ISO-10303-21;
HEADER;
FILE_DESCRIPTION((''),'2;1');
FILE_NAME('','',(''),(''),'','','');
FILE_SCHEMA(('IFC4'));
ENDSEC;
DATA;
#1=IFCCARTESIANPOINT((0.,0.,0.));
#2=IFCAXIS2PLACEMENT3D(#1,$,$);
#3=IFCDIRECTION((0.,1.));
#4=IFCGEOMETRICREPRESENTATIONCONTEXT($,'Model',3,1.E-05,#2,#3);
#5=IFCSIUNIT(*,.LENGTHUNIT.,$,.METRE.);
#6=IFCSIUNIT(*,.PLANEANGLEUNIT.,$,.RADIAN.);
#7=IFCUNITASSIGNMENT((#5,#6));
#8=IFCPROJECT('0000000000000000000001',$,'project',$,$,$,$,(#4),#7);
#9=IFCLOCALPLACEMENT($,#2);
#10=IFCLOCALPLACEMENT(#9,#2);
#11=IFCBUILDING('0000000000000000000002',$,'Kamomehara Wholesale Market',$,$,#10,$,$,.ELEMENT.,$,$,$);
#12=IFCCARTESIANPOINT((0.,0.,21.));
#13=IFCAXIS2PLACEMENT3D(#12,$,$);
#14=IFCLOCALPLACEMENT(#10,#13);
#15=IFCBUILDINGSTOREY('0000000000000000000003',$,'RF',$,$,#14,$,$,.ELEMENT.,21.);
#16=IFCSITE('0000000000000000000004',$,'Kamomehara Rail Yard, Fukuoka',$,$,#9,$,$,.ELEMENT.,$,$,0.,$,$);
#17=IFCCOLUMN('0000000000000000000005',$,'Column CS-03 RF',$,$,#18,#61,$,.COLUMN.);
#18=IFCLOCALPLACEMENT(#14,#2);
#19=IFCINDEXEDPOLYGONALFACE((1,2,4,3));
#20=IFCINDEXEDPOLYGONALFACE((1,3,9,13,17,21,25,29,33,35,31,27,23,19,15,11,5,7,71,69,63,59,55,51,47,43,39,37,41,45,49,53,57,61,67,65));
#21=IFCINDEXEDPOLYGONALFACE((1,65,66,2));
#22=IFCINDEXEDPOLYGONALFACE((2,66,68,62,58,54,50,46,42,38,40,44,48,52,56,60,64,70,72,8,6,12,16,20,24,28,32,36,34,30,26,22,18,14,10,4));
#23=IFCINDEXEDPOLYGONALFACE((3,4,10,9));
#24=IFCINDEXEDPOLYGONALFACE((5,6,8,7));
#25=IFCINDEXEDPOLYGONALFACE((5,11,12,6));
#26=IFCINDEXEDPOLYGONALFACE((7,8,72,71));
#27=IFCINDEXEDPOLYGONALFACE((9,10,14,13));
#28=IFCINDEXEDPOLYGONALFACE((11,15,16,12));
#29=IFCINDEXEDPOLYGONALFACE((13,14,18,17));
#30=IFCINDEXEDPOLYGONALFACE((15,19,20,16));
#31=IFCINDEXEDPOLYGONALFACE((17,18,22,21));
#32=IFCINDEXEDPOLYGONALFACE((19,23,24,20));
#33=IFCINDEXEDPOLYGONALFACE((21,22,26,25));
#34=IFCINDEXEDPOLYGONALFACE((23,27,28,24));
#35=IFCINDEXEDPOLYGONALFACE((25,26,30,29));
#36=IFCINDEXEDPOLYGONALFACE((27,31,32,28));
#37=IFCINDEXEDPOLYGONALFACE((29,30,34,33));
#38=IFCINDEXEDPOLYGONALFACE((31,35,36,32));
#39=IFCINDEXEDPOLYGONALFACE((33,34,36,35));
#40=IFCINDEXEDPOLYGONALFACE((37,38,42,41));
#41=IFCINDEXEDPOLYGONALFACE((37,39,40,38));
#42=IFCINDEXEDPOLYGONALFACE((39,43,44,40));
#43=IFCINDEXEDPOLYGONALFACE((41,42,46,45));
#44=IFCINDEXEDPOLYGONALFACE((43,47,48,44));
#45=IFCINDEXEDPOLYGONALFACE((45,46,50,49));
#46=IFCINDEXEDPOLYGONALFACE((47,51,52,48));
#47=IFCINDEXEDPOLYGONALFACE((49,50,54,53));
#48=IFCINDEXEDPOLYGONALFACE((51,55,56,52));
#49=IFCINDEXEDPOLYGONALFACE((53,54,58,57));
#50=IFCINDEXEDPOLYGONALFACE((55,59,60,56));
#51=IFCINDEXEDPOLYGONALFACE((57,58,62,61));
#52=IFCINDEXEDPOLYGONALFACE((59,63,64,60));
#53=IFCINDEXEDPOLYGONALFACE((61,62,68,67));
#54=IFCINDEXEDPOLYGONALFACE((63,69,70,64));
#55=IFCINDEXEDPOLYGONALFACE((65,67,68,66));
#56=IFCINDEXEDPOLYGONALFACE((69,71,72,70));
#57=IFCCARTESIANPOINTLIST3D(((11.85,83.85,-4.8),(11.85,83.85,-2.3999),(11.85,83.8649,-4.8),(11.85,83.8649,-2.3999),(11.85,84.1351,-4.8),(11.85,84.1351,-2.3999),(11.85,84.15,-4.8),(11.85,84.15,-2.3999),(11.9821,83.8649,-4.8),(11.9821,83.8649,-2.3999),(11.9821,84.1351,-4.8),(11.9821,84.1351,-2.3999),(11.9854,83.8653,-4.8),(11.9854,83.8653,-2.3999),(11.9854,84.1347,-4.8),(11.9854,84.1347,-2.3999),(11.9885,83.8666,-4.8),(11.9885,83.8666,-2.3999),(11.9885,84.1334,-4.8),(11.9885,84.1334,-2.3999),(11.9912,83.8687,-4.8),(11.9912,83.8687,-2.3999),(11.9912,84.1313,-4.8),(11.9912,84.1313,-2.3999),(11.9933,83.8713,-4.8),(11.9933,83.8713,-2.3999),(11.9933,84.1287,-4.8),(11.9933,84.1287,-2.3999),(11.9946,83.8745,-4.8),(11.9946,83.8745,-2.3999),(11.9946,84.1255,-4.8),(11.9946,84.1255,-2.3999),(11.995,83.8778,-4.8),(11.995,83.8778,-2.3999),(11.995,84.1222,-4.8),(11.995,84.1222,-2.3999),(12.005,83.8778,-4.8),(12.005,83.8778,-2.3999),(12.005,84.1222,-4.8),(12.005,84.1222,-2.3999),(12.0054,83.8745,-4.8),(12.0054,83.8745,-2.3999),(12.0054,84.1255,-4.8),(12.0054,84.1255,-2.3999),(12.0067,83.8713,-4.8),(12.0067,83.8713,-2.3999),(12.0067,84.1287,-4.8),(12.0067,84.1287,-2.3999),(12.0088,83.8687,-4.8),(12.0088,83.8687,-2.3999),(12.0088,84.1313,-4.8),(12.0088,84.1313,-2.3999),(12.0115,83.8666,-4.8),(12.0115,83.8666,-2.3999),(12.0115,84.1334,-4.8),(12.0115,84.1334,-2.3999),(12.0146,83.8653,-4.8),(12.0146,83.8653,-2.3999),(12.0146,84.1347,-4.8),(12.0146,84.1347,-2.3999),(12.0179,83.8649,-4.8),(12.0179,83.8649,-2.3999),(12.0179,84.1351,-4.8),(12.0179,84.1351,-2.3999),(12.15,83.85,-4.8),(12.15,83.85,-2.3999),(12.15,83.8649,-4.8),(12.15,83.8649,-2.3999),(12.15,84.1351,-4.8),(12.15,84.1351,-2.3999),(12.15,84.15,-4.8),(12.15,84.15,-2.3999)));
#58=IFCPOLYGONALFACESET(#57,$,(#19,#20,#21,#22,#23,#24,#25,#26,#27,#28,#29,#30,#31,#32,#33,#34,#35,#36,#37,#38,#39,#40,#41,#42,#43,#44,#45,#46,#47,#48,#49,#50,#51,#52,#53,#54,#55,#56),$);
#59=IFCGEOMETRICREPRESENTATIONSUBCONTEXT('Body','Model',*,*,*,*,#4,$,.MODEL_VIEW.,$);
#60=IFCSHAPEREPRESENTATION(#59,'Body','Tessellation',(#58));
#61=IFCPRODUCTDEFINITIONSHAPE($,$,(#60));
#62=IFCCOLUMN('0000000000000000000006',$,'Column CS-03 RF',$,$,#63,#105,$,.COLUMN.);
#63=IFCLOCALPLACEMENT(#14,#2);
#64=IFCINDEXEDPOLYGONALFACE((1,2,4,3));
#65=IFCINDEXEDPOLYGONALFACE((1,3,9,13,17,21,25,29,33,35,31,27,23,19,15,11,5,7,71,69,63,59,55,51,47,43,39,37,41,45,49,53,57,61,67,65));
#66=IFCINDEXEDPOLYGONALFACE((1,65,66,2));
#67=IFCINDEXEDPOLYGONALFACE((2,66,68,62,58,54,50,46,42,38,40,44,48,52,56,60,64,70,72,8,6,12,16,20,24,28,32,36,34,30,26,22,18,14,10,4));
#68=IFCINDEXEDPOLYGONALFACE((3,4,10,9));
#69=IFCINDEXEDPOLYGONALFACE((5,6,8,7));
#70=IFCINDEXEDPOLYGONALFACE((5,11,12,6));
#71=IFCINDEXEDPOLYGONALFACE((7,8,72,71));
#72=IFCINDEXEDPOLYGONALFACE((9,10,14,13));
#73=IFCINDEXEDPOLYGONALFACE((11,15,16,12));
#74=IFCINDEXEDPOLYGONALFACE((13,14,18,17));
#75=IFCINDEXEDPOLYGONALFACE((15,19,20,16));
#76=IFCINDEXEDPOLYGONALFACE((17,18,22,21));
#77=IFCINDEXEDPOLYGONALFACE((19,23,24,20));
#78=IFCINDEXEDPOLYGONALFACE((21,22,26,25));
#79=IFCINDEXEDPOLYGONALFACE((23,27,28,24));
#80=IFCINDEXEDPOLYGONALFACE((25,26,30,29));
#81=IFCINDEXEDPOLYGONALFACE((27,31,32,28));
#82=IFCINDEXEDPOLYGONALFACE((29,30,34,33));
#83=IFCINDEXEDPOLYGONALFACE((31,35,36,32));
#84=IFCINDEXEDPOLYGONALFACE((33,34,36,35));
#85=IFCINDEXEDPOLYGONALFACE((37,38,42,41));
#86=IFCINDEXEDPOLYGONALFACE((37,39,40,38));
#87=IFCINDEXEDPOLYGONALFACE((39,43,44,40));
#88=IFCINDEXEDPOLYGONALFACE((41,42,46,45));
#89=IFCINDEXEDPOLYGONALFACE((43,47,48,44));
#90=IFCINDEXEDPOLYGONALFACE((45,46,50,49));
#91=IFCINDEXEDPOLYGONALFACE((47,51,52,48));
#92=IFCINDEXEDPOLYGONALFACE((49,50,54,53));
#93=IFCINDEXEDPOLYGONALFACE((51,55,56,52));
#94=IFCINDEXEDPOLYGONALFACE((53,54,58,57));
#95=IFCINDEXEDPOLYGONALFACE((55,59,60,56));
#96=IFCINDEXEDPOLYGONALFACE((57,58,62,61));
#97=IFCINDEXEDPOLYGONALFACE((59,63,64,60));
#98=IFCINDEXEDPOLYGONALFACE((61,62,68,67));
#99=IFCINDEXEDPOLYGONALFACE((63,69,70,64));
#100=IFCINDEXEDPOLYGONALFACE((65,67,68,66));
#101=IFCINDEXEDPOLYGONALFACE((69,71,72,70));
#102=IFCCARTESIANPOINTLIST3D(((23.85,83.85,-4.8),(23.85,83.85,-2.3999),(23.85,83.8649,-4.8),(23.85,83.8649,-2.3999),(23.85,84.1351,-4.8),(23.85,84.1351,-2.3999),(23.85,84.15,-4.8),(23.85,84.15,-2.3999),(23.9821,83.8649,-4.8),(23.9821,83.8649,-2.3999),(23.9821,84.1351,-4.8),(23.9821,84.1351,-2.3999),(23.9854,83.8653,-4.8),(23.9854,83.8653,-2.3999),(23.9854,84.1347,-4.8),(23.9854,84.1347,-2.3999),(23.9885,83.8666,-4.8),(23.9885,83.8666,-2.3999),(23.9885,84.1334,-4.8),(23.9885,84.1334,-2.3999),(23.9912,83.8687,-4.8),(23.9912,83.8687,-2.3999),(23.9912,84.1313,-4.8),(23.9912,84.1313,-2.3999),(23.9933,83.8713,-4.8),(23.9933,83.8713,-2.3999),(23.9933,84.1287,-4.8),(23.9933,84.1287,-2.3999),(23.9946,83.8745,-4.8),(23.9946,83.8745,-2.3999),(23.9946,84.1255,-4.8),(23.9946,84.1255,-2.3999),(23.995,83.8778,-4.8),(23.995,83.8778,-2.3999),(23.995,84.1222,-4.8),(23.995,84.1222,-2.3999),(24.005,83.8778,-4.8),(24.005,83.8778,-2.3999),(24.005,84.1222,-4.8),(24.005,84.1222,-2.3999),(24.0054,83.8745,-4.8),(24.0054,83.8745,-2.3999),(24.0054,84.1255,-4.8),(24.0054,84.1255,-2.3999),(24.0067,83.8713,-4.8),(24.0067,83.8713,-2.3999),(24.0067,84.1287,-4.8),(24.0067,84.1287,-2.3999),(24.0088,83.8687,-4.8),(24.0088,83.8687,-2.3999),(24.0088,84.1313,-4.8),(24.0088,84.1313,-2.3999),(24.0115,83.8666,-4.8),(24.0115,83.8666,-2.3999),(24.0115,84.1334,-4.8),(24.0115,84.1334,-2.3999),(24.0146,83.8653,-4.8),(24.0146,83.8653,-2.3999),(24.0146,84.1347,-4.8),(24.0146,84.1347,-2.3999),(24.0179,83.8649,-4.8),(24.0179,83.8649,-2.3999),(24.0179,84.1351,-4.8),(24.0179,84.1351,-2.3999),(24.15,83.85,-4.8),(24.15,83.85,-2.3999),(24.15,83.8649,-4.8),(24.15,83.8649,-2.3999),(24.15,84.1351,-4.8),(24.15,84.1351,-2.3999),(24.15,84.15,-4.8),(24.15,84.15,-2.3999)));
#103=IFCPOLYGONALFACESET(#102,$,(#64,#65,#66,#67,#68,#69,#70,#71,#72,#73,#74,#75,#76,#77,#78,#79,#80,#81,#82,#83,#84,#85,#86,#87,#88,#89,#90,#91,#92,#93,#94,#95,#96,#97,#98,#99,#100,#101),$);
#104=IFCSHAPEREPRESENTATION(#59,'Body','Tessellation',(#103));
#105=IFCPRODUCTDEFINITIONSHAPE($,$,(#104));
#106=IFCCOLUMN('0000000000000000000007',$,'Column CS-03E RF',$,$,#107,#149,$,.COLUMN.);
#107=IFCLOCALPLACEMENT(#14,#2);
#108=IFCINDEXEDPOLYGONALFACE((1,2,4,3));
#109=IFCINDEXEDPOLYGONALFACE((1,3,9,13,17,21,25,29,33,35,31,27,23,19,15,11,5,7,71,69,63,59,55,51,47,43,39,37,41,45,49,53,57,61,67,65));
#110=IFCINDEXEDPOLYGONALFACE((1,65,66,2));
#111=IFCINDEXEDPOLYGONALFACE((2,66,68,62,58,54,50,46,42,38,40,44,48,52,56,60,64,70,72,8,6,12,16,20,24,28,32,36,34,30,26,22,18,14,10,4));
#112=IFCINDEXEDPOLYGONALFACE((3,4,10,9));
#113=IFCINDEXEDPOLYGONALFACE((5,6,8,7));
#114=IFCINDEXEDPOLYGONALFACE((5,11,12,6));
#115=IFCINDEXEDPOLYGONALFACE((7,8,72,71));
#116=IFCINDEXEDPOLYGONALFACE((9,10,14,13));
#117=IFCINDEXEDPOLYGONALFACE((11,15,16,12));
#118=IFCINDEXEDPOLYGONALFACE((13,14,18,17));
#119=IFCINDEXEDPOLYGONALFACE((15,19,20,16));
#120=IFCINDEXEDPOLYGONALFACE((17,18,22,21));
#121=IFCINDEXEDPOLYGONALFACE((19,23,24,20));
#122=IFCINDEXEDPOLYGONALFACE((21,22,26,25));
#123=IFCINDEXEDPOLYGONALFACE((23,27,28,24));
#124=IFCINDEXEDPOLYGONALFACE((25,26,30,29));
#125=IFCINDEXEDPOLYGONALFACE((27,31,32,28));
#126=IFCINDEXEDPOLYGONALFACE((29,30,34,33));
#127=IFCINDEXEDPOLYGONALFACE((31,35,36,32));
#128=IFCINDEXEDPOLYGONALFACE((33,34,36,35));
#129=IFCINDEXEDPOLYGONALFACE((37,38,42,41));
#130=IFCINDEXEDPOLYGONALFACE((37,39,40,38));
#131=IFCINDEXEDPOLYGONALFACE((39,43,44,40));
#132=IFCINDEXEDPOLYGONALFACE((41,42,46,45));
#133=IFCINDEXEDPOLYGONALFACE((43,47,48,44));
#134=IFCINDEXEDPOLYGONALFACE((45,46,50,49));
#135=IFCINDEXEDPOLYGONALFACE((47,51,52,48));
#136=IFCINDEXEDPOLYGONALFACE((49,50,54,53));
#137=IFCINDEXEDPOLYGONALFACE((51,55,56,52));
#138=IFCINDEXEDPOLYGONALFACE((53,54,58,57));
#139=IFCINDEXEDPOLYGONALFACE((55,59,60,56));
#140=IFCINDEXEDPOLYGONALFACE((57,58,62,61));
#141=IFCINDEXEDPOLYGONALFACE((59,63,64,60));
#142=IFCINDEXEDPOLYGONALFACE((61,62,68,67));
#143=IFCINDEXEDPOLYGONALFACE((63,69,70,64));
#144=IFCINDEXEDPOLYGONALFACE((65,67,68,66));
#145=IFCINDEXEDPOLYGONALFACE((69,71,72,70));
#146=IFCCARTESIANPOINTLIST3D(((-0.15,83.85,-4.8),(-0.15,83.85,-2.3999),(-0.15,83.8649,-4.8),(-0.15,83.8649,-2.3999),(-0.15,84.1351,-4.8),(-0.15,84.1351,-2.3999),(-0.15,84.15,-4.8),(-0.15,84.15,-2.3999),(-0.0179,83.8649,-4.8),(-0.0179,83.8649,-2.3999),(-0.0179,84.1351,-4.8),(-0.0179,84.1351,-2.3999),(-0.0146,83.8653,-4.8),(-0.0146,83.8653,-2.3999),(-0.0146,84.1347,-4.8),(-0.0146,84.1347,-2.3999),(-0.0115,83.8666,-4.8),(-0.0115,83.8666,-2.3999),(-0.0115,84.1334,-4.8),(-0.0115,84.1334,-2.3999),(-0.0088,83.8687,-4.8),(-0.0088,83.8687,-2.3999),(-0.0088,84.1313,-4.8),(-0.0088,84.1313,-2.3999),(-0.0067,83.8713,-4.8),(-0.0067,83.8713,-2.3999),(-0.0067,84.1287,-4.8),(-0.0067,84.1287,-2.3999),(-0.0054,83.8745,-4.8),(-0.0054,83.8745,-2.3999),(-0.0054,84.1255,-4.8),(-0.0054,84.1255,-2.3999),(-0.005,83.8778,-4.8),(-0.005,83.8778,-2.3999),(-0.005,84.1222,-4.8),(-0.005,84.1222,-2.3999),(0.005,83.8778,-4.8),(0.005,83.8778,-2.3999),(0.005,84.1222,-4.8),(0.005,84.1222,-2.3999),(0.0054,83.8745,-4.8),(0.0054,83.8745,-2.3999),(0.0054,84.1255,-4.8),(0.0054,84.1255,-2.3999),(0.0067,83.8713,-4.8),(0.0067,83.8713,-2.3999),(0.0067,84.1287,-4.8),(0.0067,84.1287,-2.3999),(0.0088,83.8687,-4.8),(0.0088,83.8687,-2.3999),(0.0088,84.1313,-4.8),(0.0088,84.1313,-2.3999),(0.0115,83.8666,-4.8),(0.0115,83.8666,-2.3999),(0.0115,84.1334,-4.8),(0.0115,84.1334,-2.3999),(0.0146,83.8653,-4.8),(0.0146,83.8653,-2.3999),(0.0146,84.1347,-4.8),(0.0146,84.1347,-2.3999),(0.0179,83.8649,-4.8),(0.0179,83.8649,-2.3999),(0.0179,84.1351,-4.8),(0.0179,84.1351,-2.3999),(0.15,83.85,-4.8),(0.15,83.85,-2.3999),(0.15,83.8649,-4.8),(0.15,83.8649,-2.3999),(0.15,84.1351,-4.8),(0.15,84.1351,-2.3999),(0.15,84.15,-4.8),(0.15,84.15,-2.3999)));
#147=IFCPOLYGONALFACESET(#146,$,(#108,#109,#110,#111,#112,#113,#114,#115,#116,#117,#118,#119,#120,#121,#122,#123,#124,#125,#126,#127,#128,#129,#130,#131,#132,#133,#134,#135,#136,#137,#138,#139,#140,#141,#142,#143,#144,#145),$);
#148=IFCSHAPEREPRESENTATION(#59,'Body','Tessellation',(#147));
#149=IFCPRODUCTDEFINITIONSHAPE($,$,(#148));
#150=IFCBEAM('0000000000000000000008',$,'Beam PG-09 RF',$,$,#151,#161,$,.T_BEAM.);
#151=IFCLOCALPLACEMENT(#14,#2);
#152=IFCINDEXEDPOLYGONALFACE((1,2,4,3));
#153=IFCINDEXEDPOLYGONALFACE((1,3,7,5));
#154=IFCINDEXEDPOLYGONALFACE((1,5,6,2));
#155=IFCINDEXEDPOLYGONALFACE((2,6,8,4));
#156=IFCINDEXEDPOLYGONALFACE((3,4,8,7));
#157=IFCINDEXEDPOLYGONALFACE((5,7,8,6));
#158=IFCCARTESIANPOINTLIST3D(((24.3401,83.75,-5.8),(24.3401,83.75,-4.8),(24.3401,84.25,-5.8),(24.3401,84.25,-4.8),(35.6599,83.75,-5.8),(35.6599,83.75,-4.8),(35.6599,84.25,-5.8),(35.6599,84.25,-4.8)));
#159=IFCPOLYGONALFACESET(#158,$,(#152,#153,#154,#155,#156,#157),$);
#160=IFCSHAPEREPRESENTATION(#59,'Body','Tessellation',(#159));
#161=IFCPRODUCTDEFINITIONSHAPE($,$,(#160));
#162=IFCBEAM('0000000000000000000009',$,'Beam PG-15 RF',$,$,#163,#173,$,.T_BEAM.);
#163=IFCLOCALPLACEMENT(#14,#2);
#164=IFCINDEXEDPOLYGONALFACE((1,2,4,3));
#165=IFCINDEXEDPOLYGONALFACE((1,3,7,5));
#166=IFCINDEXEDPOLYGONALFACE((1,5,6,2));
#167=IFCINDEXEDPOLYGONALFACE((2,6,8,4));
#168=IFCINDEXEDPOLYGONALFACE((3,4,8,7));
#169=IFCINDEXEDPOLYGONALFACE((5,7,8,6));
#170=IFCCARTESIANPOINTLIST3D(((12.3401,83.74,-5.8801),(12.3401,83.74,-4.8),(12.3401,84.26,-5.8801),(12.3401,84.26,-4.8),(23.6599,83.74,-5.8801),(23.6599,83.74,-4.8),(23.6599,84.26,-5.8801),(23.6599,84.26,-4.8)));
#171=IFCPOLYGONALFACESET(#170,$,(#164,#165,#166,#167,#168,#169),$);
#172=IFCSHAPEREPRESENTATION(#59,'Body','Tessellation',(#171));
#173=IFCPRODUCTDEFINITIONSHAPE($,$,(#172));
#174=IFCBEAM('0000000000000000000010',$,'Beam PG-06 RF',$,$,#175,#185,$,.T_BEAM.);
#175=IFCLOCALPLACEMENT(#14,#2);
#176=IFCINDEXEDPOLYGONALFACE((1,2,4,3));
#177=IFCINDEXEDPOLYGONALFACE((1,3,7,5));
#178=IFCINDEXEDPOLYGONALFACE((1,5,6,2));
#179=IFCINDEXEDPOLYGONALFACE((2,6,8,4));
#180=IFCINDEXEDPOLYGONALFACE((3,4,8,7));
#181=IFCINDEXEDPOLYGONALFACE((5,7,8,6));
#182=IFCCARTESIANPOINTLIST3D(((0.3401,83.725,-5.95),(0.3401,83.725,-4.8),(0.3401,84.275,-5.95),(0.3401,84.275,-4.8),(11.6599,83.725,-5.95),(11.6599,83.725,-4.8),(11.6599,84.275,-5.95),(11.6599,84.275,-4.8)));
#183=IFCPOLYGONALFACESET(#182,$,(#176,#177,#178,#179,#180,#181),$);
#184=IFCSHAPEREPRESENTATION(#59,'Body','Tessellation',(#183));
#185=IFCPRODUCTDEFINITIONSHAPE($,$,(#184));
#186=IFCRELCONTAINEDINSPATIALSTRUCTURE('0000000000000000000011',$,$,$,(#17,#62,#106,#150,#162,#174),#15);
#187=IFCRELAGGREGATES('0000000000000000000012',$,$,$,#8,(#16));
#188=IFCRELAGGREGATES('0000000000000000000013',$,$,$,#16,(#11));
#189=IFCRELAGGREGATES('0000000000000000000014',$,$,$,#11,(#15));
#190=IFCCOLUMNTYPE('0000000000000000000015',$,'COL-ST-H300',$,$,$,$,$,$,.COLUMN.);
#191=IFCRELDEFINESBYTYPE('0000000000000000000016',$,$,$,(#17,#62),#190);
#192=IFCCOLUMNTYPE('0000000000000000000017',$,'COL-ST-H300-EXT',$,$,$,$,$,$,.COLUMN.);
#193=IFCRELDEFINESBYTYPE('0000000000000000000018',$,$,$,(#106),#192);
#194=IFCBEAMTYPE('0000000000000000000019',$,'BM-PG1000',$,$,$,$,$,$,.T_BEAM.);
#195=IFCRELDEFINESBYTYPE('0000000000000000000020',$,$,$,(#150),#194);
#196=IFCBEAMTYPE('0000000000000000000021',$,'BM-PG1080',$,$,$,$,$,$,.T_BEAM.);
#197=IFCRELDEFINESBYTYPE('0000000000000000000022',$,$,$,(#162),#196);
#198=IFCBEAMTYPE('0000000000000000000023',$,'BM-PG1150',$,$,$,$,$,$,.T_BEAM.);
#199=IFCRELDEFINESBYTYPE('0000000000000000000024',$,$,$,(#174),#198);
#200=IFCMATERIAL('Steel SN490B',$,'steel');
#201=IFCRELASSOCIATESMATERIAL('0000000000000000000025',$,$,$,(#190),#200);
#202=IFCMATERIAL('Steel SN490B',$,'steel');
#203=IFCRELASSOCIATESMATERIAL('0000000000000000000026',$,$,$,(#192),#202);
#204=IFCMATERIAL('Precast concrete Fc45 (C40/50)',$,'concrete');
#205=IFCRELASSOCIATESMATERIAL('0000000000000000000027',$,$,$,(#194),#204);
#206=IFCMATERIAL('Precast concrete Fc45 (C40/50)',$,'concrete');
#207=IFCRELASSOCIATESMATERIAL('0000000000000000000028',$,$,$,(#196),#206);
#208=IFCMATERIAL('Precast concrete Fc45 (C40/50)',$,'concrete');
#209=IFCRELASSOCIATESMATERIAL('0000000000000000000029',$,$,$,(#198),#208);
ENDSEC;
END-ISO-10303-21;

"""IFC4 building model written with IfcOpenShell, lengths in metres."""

from ifc_helpers import new_model, si_unit, direction, frame, origin, origin_2d, place, context, subcontext, project, spatial, rectangle, i_section, extrude, material, material_profile, profile_set, type_object, element, save


model = new_model("IFC4")

# Units and contexts
model_context = context("Model", 3, precision=1e-05, world=origin(), true_north=direction((0.0, 1.0)))
body_context = subcontext(model_context, "Body", "Model", "MODEL_VIEW")
ifc_project = project(units=[si_unit("LENGTHUNIT", "METRE"), si_unit("PLANEANGLEUNIT", "RADIAN")], contexts=[model_context])

# Site, building, storey
site_placement = place(None, origin())
site = spatial("IfcSite", under=ifc_project, at=site_placement, Name="Kamomehara Rail Yard, Fukuoka", CompositionType="ELEMENT", RefElevation=0.0)
building_placement = place(site_placement, origin())
building = spatial("IfcBuilding", under=site, at=building_placement, Name="Kamomehara Wholesale Market", CompositionType="ELEMENT")
storey_placement = place(building_placement, frame((0.0, 0.0, 21.0)))
storey = spatial("IfcBuildingStorey", under=building, at=storey_placement, Name="RF", CompositionType="ELEMENT", Elevation=21.0)

# Columns
ifc_material_1 = material(Name="Steel SN490B", Category="steel")
ifc_material_profile_1 = material_profile(ifc_material_1, i_section(OverallWidth=0.3, OverallDepth=0.3, WebThickness=0.01, FlangeThickness=0.0149, FilletRadius=0.0129, at=origin_2d()), Name="H-300x300x10x15")
ifc_profile_set_1 = profile_set([ifc_material_profile_1], Name="Steel SN490B")
column_type_1 = type_object("IfcColumnType", Name="COL-ST-H300", PredefinedType="COLUMN", material=ifc_profile_set_1)
for number, where, z_axis, x_axis, name in (
    (1, (12.0, 84.0, -4.8), (0.0, 0.0, 1.0), (1.0, 0.0, 0.0), "Column CS-03 RF"),
    (2, (24.0, 84.0, -4.8), (0.0, 0.0, 1.0), (1.0, 0.0, 0.0), "Column CS-03 RF"),
):
    element("IfcColumn", number, at=place(storey_placement, frame(where, z_axis=z_axis, x_axis=x_axis)), inside=storey, type_object=column_type_1, Name=name, PredefinedType="COLUMN", context=body_context, shape_type="SweptSolid", body=[
        extrude(i_section(OverallWidth=0.3, OverallDepth=0.3, WebThickness=0.01, FlangeThickness=0.0149, FilletRadius=0.0129, at=origin_2d()), origin(), (0.0, 0.0, 1.0), 2.4001),
    ])
ifc_material_2 = material(Name="Steel SN490B", Category="steel")
ifc_material_profile_2 = material_profile(ifc_material_2, i_section(OverallWidth=0.3, OverallDepth=0.3, WebThickness=0.01, FlangeThickness=0.0149, FilletRadius=0.0129, at=origin_2d()), Name="H-300x300x10x15")
ifc_profile_set_2 = profile_set([ifc_material_profile_2], Name="Steel SN490B")
column_type_2 = type_object("IfcColumnType", Name="COL-ST-H300-EXT", PredefinedType="COLUMN", material=ifc_profile_set_2)
column_placement = place(storey_placement, frame((0.0, 84.0, -4.8), z_axis=(0.0, 0.0, 1.0), x_axis=(1.0, 0.0, 0.0)))
element("IfcColumn", 3, at=column_placement, inside=storey, type_object=column_type_2, Name="Column CS-03E RF", PredefinedType="COLUMN", context=body_context, shape_type="SweptSolid", body=[
    extrude(i_section(OverallWidth=0.3, OverallDepth=0.3, WebThickness=0.01, FlangeThickness=0.0149, FilletRadius=0.0129, at=origin_2d()), origin(), (0.0, 0.0, 1.0), 2.4001),
])

# Beams
ifc_material_3 = material(Name="Precast concrete Fc45 (C40/50)", Category="concrete")
ifc_material_profile_3 = material_profile(ifc_material_3, rectangle(XDim=0.5, YDim=1.0, at=origin_2d()), Name="PC-GRD-500x1000")
ifc_profile_set_3 = profile_set([ifc_material_profile_3], Name="Precast concrete Fc45 (C40/50)")
beam_type_1 = type_object("IfcBeamType", Name="BM-PG1000", PredefinedType="T_BEAM", material=ifc_profile_set_3)
beam_1_placement = place(storey_placement, frame((24.3401, 84.0, -5.3), z_axis=(1.0, 0.0, 0.0), x_axis=(0.0, 1.0, 0.0)))
element("IfcBeam", 4, at=beam_1_placement, inside=storey, type_object=beam_type_1, Name="Beam PG-09 RF", PredefinedType="T_BEAM", context=body_context, shape_type="SweptSolid", body=[
    extrude(rectangle(XDim=0.5, YDim=1.0, at=origin_2d()), origin(), (0.0, 0.0, 1.0), 11.3198),
])
ifc_material_4 = material(Name="Precast concrete Fc45 (C40/50)", Category="concrete")
ifc_material_profile_4 = material_profile(ifc_material_4, rectangle(XDim=0.52, YDim=1.0801, at=origin_2d()), Name="PC-GRD-520x1080")
ifc_profile_set_4 = profile_set([ifc_material_profile_4], Name="Precast concrete Fc45 (C40/50)")
beam_type_2 = type_object("IfcBeamType", Name="BM-PG1080", PredefinedType="T_BEAM", material=ifc_profile_set_4)
beam_2_placement = place(storey_placement, frame((12.3401, 84.0, -5.3401), z_axis=(1.0, 0.0, 0.0), x_axis=(0.0, 1.0, 0.0)))
element("IfcBeam", 5, at=beam_2_placement, inside=storey, type_object=beam_type_2, Name="Beam PG-15 RF", PredefinedType="T_BEAM", context=body_context, shape_type="SweptSolid", body=[
    extrude(rectangle(XDim=0.52, YDim=1.0801, at=origin_2d()), origin(), (0.0, 0.0, 1.0), 11.3198),
])
ifc_material_5 = material(Name="Precast concrete Fc45 (C40/50)", Category="concrete")
ifc_material_profile_5 = material_profile(ifc_material_5, rectangle(XDim=0.55, YDim=1.1499, at=origin_2d()), Name="PC-GRD-550x1150")
ifc_profile_set_5 = profile_set([ifc_material_profile_5], Name="Precast concrete Fc45 (C40/50)")
beam_type_3 = type_object("IfcBeamType", Name="BM-PG1150", PredefinedType="T_BEAM", material=ifc_profile_set_5)
beam_3_placement = place(storey_placement, frame((0.3401, 84.0, -5.375), z_axis=(1.0, 0.0, 0.0), x_axis=(0.0, 1.0, 0.0)))
element("IfcBeam", 6, at=beam_3_placement, inside=storey, type_object=beam_type_3, Name="Beam PG-06 RF", PredefinedType="T_BEAM", context=body_context, shape_type="SweptSolid", body=[
    extrude(rectangle(XDim=0.55, YDim=1.1499, at=origin_2d()), origin(), (0.0, 0.0, 1.0), 11.3198),
])

save(model, "model.ifc")
